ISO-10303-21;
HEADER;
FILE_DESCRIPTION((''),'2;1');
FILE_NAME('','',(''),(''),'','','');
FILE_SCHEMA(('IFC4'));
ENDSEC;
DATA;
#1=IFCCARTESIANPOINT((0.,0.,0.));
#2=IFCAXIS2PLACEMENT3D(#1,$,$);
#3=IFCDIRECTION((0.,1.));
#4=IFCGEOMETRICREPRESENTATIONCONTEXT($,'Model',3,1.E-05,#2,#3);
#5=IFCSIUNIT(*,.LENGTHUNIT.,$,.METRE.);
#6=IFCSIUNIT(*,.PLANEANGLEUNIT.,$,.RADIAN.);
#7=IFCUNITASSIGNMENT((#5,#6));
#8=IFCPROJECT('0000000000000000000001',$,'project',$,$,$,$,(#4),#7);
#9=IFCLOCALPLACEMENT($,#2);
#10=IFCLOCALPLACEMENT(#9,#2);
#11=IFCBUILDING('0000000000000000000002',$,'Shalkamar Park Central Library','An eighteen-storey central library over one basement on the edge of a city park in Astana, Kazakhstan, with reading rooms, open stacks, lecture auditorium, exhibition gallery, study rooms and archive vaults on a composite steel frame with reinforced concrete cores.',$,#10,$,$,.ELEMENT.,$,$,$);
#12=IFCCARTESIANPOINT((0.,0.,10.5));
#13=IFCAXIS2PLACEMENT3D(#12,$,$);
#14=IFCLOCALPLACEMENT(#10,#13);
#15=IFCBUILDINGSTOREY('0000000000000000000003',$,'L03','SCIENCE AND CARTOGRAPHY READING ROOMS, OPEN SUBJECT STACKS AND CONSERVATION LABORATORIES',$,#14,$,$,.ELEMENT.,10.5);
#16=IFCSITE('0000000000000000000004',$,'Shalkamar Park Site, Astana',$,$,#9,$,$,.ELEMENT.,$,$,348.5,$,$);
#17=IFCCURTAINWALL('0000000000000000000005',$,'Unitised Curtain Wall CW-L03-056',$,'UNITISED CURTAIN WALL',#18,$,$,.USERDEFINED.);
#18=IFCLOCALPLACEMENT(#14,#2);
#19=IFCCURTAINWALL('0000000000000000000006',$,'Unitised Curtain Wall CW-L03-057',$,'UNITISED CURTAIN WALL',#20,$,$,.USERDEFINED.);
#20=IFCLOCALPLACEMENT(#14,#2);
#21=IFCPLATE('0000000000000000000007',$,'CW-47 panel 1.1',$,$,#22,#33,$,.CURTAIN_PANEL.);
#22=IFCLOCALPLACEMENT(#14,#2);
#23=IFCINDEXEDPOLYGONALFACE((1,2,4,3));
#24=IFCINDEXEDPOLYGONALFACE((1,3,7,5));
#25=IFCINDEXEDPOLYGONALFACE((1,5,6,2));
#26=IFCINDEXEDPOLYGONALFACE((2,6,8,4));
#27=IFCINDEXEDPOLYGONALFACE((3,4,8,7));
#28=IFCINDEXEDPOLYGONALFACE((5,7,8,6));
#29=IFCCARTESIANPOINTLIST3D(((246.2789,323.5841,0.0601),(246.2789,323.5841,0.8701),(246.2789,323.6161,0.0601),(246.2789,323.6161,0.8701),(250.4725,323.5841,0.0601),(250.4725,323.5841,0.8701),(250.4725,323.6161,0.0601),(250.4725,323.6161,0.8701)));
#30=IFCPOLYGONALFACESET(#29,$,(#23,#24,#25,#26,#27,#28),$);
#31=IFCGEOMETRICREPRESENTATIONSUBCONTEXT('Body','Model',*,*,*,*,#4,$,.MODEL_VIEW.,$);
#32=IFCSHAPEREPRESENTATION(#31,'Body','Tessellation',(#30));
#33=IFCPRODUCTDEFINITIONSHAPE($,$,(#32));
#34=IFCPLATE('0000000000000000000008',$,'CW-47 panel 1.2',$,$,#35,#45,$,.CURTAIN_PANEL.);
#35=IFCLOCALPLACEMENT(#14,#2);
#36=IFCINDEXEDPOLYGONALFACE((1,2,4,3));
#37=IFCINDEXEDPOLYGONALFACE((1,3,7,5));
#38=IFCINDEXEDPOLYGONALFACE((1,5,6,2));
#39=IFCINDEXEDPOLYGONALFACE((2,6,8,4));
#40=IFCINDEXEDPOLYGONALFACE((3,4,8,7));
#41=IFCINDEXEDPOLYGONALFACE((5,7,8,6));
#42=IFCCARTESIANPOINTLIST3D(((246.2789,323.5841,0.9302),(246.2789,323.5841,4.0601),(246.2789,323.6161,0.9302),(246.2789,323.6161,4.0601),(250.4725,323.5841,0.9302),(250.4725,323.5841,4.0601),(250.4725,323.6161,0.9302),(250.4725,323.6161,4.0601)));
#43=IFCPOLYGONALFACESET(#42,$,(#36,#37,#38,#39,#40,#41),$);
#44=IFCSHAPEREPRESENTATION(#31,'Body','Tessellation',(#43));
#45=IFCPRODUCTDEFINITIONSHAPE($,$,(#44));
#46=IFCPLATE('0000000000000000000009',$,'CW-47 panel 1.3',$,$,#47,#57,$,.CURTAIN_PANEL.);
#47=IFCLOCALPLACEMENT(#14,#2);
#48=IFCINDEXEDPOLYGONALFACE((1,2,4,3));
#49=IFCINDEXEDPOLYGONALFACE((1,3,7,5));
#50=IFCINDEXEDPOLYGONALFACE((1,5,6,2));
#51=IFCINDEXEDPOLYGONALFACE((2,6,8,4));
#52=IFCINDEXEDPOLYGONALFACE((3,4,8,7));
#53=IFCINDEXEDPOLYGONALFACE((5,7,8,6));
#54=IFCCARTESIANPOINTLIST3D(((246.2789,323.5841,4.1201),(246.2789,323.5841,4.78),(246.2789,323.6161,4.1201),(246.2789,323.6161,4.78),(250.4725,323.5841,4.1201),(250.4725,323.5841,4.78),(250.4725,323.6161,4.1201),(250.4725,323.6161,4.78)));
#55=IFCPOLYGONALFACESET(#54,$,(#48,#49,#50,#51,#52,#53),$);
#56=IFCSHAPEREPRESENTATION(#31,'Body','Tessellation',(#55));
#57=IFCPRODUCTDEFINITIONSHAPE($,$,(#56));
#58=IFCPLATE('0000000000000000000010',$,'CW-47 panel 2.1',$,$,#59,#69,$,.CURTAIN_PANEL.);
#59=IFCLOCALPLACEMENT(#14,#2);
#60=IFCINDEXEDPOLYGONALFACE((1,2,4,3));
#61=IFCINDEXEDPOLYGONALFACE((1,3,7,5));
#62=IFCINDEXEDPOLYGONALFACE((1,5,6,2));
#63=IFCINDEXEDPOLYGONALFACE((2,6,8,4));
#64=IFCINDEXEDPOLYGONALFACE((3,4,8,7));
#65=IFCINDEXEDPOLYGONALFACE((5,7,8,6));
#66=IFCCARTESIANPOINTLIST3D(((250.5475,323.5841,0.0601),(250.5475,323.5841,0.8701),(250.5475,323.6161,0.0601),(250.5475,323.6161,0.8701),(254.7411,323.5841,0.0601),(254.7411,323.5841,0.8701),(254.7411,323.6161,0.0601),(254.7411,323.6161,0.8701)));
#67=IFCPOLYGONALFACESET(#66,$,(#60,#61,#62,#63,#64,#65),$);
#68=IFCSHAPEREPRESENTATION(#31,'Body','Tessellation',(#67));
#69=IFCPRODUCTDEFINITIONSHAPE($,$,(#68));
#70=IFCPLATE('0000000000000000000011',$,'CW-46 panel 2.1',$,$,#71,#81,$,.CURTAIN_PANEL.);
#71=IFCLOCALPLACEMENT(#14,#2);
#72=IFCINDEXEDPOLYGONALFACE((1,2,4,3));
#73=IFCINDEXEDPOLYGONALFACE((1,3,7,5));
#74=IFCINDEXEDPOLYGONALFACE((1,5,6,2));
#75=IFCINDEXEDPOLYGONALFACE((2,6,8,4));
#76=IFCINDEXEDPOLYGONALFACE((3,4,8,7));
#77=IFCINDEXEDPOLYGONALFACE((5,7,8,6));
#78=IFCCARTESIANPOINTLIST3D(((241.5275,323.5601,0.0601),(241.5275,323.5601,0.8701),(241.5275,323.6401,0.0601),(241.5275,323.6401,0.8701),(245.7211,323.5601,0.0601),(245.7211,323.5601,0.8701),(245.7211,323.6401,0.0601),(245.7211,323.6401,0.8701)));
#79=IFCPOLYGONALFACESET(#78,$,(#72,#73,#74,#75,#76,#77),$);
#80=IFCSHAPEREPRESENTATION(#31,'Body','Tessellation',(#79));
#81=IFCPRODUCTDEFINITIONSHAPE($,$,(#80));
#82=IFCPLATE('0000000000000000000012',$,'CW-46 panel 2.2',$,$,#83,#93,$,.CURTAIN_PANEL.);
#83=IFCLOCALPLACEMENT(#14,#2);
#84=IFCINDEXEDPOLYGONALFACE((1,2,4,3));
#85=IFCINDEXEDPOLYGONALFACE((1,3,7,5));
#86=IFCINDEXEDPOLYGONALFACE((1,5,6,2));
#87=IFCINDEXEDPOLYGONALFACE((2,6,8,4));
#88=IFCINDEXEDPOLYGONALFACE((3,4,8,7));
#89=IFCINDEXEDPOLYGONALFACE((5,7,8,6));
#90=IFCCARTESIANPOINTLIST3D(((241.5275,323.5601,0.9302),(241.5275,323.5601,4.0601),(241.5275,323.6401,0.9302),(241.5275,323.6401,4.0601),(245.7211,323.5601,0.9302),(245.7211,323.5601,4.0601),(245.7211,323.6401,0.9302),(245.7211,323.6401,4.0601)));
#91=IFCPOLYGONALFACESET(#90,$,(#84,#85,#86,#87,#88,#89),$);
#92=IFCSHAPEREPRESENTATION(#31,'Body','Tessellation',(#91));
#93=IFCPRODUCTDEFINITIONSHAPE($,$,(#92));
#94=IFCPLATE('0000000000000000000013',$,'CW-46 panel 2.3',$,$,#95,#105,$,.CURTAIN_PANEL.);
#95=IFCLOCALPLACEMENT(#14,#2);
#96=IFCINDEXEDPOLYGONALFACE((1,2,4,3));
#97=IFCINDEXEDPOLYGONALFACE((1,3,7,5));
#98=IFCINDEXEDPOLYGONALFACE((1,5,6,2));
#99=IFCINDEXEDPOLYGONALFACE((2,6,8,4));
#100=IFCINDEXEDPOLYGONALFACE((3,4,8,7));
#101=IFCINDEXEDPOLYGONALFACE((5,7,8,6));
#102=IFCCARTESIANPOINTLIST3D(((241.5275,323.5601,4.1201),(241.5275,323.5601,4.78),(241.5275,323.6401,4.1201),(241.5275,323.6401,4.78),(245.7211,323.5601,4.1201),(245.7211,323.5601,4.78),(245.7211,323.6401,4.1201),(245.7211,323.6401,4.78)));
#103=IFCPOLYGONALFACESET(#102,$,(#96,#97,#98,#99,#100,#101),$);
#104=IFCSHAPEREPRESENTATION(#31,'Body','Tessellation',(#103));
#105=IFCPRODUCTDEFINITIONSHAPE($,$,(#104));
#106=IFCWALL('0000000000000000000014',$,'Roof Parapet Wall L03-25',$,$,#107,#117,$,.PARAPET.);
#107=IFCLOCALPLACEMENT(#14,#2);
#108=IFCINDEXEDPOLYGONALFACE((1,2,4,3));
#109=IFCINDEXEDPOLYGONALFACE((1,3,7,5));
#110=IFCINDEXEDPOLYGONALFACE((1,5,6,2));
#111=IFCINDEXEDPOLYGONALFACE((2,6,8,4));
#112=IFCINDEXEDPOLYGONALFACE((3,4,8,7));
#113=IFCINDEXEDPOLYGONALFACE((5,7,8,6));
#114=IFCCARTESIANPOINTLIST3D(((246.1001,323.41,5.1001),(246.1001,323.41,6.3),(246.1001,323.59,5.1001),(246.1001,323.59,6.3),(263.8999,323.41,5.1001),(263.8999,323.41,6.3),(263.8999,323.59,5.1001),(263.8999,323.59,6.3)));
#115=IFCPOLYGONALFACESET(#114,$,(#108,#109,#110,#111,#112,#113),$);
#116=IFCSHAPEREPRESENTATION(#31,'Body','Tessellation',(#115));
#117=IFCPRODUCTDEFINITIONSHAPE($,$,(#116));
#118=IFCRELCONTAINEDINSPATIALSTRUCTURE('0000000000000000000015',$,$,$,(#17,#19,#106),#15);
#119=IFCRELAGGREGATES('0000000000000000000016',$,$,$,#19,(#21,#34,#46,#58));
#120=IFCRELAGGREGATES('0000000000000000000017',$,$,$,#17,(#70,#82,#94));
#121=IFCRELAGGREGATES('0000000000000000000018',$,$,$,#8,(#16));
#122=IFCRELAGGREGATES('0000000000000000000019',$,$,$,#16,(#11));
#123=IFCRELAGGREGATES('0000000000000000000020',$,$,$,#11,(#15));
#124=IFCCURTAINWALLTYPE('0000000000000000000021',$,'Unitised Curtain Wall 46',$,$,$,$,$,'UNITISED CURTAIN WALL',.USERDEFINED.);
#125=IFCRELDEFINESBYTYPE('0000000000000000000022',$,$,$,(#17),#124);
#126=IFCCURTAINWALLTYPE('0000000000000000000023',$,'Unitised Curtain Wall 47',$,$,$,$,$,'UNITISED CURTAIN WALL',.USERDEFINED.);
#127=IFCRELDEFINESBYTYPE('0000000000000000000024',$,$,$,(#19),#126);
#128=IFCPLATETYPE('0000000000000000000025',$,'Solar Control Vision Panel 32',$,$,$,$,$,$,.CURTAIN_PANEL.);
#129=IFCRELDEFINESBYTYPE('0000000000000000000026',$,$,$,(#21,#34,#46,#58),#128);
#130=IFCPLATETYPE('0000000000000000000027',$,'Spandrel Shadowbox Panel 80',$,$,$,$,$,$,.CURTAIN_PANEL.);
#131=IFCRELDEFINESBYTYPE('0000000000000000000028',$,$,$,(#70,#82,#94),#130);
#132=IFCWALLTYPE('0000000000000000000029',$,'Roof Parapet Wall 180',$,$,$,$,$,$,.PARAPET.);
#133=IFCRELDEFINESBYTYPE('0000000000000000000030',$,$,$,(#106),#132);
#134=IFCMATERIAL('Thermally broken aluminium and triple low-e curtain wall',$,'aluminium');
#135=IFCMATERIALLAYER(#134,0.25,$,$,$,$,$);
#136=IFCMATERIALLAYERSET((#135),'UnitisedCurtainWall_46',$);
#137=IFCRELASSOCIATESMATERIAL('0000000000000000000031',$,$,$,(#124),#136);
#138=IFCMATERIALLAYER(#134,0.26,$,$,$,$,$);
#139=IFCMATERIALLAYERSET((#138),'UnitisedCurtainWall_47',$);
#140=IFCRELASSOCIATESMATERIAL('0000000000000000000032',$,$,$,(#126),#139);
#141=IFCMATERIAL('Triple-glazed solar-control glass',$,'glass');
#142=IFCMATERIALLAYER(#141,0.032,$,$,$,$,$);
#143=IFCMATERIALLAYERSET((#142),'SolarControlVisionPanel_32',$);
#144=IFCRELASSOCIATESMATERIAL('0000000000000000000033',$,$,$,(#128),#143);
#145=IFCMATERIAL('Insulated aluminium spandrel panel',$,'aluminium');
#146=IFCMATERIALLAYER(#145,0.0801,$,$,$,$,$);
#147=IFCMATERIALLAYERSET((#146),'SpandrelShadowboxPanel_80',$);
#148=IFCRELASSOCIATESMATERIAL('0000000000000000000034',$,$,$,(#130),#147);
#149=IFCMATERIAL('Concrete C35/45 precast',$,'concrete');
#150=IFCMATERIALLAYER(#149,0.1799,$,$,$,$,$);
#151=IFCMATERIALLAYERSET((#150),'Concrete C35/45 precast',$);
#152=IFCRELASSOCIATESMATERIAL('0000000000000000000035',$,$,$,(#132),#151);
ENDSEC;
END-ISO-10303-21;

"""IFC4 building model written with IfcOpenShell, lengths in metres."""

from ifc_helpers import new_model, si_unit, direction, frame, frame_2d, origin, origin_2d, place, context, subcontext, project, spatial, rectangle, extrude, material, layer, layer_set, type_object, element, aggregate, save


model = new_model("IFC4")

# Units and contexts
model_context = context("Model", 3, precision=1e-05, world=origin(), true_north=direction((0.0, 1.0)))
body_context = subcontext(model_context, "Body", "Model", "MODEL_VIEW")
ifc_project = project(units=[si_unit("LENGTHUNIT", "METRE"), si_unit("PLANEANGLEUNIT", "RADIAN")], contexts=[model_context])

# Site, building, storey
site_placement = place(None, origin())
site = spatial("IfcSite", under=ifc_project, at=site_placement, Name="Shalkamar Park Site, Astana", CompositionType="ELEMENT", RefElevation=348.5)
building_placement = place(site_placement, origin())
building = spatial("IfcBuilding", under=site, at=building_placement, Name="Shalkamar Park Central Library", Description="An eighteen-storey central library over one basement on the edge of a city park in Astana, Kazakhstan, with reading rooms, open stacks, lecture auditorium, exhibition gallery, study rooms and archive vaults on a composite steel frame with reinforced concrete cores.", CompositionType="ELEMENT")
storey_placement = place(building_placement, frame((0.0, 0.0, 10.5)))
storey = spatial("IfcBuildingStorey", under=building, at=storey_placement, Name="L03", Description="SCIENCE AND CARTOGRAPHY READING ROOMS, OPEN SUBJECT STACKS AND CONSERVATION LABORATORIES", CompositionType="ELEMENT", Elevation=10.5)

# Curtain wall
ifc_material_1 = material(Name="Thermally broken aluminium and triple low-e curtain wall", Category="aluminium")
ifc_layer_1 = layer(ifc_material_1, 0.25)
ifc_layer_set_1 = layer_set([ifc_layer_1], Name="UnitisedCurtainWall_46")
curtain_wall_type_1 = type_object("IfcCurtainWallType", Name="Unitised Curtain Wall 46", ElementType="UNITISED CURTAIN WALL", PredefinedType="USERDEFINED", material=ifc_layer_set_1)
curtain_wall_1_placement = place(storey_placement, origin())
curtain_wall_1 = element("IfcCurtainWall", 1, at=curtain_wall_1_placement, inside=storey, type_object=curtain_wall_type_1, Name="Unitised Curtain Wall CW-L03-056", ObjectType="UNITISED CURTAIN WALL", PredefinedType="USERDEFINED")

# Curtain wall
ifc_layer_2 = layer(ifc_material_1, 0.26)
ifc_layer_set_2 = layer_set([ifc_layer_2], Name="UnitisedCurtainWall_47")
curtain_wall_type_2 = type_object("IfcCurtainWallType", Name="Unitised Curtain Wall 47", ElementType="UNITISED CURTAIN WALL", PredefinedType="USERDEFINED", material=ifc_layer_set_2)
curtain_wall_2_placement = place(storey_placement, origin())
curtain_wall_2 = element("IfcCurtainWall", 2, at=curtain_wall_2_placement, inside=storey, type_object=curtain_wall_type_2, Name="Unitised Curtain Wall CW-L03-057", ObjectType="UNITISED CURTAIN WALL", PredefinedType="USERDEFINED")

# Plates
ifc_material_2 = material(Name="Triple-glazed solar-control glass", Category="glass")
ifc_layer_3 = layer(ifc_material_2, 0.032)
ifc_layer_set_3 = layer_set([ifc_layer_3], Name="SolarControlVisionPanel_32")
plate_type_1 = type_object("IfcPlateType", Name="Solar Control Vision Panel 32", PredefinedType="CURTAIN_PANEL", material=ifc_layer_set_3)
plate_1_placement = place(storey_placement, frame((248.3757, 323.6001, 0.0601), z_axis=(0.0, 0.0, 1.0), x_axis=(1.0, 0.0, 0.0)))
plate_1 = element("IfcPlate", 3, at=plate_1_placement, type_object=plate_type_1, Name="CW-47 panel 1.1", PredefinedType="CURTAIN_PANEL", context=body_context, shape_type="SweptSolid", body=[
    extrude(rectangle(XDim=4.1936, YDim=0.032, at=origin_2d()), origin(), (0.0, 0.0, 1.0), 0.8101),
])
plate_2_placement = place(storey_placement, frame((248.3757, 323.6001, 0.9302), z_axis=(0.0, 0.0, 1.0), x_axis=(1.0, 0.0, 0.0)))
plate_2 = element("IfcPlate", 4, at=plate_2_placement, type_object=plate_type_1, Name="CW-47 panel 1.2", PredefinedType="CURTAIN_PANEL", context=body_context, shape_type="SweptSolid", body=[
    extrude(rectangle(XDim=4.1936, YDim=0.032, at=origin_2d()), origin(), (0.0, 0.0, 1.0), 3.1299),
])
plate_3_placement = place(storey_placement, frame((248.3757, 323.6001, 4.1201), z_axis=(0.0, 0.0, 1.0), x_axis=(1.0, 0.0, 0.0)))
plate_3 = element("IfcPlate", 5, at=plate_3_placement, type_object=plate_type_1, Name="CW-47 panel 1.3", PredefinedType="CURTAIN_PANEL", context=body_context, shape_type="SweptSolid", body=[
    extrude(rectangle(XDim=4.1936, YDim=0.032, at=origin_2d()), origin(), (0.0, 0.0, 1.0), 0.6599),
])
plate_4_placement = place(storey_placement, frame((252.6443, 323.6001, 0.0601), z_axis=(0.0, 0.0, 1.0), x_axis=(1.0, 0.0, 0.0)))
plate_4 = element("IfcPlate", 6, at=plate_4_placement, type_object=plate_type_1, Name="CW-47 panel 2.1", PredefinedType="CURTAIN_PANEL", context=body_context, shape_type="SweptSolid", body=[
    extrude(rectangle(XDim=4.1936, YDim=0.032, at=origin_2d()), origin(), (0.0, 0.0, 1.0), 0.8101),
])
aggregate(curtain_wall_2, [plate_1, plate_2, plate_3, plate_4])
ifc_material_3 = material(Name="Insulated aluminium spandrel panel", Category="aluminium")
ifc_layer_4 = layer(ifc_material_3, 0.0801)
ifc_layer_set_4 = layer_set([ifc_layer_4], Name="SpandrelShadowboxPanel_80")
plate_type_2 = type_object("IfcPlateType", Name="Spandrel Shadowbox Panel 80", PredefinedType="CURTAIN_PANEL", material=ifc_layer_set_4)
plate_5_placement = place(storey_placement, frame((243.6243, 323.6001, 0.0601), z_axis=(0.0, 0.0, 1.0), x_axis=(1.0, 0.0, 0.0)))
plate_5 = element("IfcPlate", 7, at=plate_5_placement, type_object=plate_type_2, Name="CW-46 panel 2.1", PredefinedType="CURTAIN_PANEL", context=body_context, shape_type="SweptSolid", body=[
    extrude(rectangle(XDim=4.1936, YDim=0.0801, at=origin_2d()), origin(), (0.0, 0.0, 1.0), 0.8101),
])
plate_6_placement = place(storey_placement, frame((243.6243, 323.6001, 0.9302), z_axis=(0.0, 0.0, 1.0), x_axis=(1.0, 0.0, 0.0)))
plate_6 = element("IfcPlate", 8, at=plate_6_placement, type_object=plate_type_2, Name="CW-46 panel 2.2", PredefinedType="CURTAIN_PANEL", context=body_context, shape_type="SweptSolid", body=[
    extrude(rectangle(XDim=4.1936, YDim=0.0801, at=origin_2d()), origin(), (0.0, 0.0, 1.0), 3.1299),
])
plate_7_placement = place(storey_placement, frame((243.6243, 323.6001, 4.1201), z_axis=(0.0, 0.0, 1.0), x_axis=(1.0, 0.0, 0.0)))
plate_7 = element("IfcPlate", 9, at=plate_7_placement, type_object=plate_type_2, Name="CW-46 panel 2.3", PredefinedType="CURTAIN_PANEL", context=body_context, shape_type="SweptSolid", body=[
    extrude(rectangle(XDim=4.1936, YDim=0.0801, at=origin_2d()), origin(), (0.0, 0.0, 1.0), 0.6599),
])
aggregate(curtain_wall_1, [plate_5, plate_6, plate_7])

# Wall
ifc_material_4 = material(Name="Concrete C35/45 precast", Category="concrete")
ifc_layer_5 = layer(ifc_material_4, 0.1799)
ifc_layer_set_5 = layer_set([ifc_layer_5], Name="Concrete C35/45 precast")
wall_type = type_object("IfcWallType", Name="Roof Parapet Wall 180", PredefinedType="PARAPET", material=ifc_layer_set_5)
wall_placement = place(storey_placement, frame((246.1001, 323.5, 5.1001), z_axis=(0.0, 0.0, 1.0), x_axis=(1.0, 0.0, 0.0)))
element("IfcWall", 10, at=wall_placement, inside=storey, type_object=wall_type, Name="Roof Parapet Wall L03-25", PredefinedType="PARAPET", context=body_context, shape_type="SweptSolid", body=[
    extrude(rectangle(XDim=17.7998, YDim=0.1799, at=frame_2d((8.8999, 0.0))), origin(), (0.0, 0.0, 1.0), 1.2),
])

save(model, "model.ifc")
